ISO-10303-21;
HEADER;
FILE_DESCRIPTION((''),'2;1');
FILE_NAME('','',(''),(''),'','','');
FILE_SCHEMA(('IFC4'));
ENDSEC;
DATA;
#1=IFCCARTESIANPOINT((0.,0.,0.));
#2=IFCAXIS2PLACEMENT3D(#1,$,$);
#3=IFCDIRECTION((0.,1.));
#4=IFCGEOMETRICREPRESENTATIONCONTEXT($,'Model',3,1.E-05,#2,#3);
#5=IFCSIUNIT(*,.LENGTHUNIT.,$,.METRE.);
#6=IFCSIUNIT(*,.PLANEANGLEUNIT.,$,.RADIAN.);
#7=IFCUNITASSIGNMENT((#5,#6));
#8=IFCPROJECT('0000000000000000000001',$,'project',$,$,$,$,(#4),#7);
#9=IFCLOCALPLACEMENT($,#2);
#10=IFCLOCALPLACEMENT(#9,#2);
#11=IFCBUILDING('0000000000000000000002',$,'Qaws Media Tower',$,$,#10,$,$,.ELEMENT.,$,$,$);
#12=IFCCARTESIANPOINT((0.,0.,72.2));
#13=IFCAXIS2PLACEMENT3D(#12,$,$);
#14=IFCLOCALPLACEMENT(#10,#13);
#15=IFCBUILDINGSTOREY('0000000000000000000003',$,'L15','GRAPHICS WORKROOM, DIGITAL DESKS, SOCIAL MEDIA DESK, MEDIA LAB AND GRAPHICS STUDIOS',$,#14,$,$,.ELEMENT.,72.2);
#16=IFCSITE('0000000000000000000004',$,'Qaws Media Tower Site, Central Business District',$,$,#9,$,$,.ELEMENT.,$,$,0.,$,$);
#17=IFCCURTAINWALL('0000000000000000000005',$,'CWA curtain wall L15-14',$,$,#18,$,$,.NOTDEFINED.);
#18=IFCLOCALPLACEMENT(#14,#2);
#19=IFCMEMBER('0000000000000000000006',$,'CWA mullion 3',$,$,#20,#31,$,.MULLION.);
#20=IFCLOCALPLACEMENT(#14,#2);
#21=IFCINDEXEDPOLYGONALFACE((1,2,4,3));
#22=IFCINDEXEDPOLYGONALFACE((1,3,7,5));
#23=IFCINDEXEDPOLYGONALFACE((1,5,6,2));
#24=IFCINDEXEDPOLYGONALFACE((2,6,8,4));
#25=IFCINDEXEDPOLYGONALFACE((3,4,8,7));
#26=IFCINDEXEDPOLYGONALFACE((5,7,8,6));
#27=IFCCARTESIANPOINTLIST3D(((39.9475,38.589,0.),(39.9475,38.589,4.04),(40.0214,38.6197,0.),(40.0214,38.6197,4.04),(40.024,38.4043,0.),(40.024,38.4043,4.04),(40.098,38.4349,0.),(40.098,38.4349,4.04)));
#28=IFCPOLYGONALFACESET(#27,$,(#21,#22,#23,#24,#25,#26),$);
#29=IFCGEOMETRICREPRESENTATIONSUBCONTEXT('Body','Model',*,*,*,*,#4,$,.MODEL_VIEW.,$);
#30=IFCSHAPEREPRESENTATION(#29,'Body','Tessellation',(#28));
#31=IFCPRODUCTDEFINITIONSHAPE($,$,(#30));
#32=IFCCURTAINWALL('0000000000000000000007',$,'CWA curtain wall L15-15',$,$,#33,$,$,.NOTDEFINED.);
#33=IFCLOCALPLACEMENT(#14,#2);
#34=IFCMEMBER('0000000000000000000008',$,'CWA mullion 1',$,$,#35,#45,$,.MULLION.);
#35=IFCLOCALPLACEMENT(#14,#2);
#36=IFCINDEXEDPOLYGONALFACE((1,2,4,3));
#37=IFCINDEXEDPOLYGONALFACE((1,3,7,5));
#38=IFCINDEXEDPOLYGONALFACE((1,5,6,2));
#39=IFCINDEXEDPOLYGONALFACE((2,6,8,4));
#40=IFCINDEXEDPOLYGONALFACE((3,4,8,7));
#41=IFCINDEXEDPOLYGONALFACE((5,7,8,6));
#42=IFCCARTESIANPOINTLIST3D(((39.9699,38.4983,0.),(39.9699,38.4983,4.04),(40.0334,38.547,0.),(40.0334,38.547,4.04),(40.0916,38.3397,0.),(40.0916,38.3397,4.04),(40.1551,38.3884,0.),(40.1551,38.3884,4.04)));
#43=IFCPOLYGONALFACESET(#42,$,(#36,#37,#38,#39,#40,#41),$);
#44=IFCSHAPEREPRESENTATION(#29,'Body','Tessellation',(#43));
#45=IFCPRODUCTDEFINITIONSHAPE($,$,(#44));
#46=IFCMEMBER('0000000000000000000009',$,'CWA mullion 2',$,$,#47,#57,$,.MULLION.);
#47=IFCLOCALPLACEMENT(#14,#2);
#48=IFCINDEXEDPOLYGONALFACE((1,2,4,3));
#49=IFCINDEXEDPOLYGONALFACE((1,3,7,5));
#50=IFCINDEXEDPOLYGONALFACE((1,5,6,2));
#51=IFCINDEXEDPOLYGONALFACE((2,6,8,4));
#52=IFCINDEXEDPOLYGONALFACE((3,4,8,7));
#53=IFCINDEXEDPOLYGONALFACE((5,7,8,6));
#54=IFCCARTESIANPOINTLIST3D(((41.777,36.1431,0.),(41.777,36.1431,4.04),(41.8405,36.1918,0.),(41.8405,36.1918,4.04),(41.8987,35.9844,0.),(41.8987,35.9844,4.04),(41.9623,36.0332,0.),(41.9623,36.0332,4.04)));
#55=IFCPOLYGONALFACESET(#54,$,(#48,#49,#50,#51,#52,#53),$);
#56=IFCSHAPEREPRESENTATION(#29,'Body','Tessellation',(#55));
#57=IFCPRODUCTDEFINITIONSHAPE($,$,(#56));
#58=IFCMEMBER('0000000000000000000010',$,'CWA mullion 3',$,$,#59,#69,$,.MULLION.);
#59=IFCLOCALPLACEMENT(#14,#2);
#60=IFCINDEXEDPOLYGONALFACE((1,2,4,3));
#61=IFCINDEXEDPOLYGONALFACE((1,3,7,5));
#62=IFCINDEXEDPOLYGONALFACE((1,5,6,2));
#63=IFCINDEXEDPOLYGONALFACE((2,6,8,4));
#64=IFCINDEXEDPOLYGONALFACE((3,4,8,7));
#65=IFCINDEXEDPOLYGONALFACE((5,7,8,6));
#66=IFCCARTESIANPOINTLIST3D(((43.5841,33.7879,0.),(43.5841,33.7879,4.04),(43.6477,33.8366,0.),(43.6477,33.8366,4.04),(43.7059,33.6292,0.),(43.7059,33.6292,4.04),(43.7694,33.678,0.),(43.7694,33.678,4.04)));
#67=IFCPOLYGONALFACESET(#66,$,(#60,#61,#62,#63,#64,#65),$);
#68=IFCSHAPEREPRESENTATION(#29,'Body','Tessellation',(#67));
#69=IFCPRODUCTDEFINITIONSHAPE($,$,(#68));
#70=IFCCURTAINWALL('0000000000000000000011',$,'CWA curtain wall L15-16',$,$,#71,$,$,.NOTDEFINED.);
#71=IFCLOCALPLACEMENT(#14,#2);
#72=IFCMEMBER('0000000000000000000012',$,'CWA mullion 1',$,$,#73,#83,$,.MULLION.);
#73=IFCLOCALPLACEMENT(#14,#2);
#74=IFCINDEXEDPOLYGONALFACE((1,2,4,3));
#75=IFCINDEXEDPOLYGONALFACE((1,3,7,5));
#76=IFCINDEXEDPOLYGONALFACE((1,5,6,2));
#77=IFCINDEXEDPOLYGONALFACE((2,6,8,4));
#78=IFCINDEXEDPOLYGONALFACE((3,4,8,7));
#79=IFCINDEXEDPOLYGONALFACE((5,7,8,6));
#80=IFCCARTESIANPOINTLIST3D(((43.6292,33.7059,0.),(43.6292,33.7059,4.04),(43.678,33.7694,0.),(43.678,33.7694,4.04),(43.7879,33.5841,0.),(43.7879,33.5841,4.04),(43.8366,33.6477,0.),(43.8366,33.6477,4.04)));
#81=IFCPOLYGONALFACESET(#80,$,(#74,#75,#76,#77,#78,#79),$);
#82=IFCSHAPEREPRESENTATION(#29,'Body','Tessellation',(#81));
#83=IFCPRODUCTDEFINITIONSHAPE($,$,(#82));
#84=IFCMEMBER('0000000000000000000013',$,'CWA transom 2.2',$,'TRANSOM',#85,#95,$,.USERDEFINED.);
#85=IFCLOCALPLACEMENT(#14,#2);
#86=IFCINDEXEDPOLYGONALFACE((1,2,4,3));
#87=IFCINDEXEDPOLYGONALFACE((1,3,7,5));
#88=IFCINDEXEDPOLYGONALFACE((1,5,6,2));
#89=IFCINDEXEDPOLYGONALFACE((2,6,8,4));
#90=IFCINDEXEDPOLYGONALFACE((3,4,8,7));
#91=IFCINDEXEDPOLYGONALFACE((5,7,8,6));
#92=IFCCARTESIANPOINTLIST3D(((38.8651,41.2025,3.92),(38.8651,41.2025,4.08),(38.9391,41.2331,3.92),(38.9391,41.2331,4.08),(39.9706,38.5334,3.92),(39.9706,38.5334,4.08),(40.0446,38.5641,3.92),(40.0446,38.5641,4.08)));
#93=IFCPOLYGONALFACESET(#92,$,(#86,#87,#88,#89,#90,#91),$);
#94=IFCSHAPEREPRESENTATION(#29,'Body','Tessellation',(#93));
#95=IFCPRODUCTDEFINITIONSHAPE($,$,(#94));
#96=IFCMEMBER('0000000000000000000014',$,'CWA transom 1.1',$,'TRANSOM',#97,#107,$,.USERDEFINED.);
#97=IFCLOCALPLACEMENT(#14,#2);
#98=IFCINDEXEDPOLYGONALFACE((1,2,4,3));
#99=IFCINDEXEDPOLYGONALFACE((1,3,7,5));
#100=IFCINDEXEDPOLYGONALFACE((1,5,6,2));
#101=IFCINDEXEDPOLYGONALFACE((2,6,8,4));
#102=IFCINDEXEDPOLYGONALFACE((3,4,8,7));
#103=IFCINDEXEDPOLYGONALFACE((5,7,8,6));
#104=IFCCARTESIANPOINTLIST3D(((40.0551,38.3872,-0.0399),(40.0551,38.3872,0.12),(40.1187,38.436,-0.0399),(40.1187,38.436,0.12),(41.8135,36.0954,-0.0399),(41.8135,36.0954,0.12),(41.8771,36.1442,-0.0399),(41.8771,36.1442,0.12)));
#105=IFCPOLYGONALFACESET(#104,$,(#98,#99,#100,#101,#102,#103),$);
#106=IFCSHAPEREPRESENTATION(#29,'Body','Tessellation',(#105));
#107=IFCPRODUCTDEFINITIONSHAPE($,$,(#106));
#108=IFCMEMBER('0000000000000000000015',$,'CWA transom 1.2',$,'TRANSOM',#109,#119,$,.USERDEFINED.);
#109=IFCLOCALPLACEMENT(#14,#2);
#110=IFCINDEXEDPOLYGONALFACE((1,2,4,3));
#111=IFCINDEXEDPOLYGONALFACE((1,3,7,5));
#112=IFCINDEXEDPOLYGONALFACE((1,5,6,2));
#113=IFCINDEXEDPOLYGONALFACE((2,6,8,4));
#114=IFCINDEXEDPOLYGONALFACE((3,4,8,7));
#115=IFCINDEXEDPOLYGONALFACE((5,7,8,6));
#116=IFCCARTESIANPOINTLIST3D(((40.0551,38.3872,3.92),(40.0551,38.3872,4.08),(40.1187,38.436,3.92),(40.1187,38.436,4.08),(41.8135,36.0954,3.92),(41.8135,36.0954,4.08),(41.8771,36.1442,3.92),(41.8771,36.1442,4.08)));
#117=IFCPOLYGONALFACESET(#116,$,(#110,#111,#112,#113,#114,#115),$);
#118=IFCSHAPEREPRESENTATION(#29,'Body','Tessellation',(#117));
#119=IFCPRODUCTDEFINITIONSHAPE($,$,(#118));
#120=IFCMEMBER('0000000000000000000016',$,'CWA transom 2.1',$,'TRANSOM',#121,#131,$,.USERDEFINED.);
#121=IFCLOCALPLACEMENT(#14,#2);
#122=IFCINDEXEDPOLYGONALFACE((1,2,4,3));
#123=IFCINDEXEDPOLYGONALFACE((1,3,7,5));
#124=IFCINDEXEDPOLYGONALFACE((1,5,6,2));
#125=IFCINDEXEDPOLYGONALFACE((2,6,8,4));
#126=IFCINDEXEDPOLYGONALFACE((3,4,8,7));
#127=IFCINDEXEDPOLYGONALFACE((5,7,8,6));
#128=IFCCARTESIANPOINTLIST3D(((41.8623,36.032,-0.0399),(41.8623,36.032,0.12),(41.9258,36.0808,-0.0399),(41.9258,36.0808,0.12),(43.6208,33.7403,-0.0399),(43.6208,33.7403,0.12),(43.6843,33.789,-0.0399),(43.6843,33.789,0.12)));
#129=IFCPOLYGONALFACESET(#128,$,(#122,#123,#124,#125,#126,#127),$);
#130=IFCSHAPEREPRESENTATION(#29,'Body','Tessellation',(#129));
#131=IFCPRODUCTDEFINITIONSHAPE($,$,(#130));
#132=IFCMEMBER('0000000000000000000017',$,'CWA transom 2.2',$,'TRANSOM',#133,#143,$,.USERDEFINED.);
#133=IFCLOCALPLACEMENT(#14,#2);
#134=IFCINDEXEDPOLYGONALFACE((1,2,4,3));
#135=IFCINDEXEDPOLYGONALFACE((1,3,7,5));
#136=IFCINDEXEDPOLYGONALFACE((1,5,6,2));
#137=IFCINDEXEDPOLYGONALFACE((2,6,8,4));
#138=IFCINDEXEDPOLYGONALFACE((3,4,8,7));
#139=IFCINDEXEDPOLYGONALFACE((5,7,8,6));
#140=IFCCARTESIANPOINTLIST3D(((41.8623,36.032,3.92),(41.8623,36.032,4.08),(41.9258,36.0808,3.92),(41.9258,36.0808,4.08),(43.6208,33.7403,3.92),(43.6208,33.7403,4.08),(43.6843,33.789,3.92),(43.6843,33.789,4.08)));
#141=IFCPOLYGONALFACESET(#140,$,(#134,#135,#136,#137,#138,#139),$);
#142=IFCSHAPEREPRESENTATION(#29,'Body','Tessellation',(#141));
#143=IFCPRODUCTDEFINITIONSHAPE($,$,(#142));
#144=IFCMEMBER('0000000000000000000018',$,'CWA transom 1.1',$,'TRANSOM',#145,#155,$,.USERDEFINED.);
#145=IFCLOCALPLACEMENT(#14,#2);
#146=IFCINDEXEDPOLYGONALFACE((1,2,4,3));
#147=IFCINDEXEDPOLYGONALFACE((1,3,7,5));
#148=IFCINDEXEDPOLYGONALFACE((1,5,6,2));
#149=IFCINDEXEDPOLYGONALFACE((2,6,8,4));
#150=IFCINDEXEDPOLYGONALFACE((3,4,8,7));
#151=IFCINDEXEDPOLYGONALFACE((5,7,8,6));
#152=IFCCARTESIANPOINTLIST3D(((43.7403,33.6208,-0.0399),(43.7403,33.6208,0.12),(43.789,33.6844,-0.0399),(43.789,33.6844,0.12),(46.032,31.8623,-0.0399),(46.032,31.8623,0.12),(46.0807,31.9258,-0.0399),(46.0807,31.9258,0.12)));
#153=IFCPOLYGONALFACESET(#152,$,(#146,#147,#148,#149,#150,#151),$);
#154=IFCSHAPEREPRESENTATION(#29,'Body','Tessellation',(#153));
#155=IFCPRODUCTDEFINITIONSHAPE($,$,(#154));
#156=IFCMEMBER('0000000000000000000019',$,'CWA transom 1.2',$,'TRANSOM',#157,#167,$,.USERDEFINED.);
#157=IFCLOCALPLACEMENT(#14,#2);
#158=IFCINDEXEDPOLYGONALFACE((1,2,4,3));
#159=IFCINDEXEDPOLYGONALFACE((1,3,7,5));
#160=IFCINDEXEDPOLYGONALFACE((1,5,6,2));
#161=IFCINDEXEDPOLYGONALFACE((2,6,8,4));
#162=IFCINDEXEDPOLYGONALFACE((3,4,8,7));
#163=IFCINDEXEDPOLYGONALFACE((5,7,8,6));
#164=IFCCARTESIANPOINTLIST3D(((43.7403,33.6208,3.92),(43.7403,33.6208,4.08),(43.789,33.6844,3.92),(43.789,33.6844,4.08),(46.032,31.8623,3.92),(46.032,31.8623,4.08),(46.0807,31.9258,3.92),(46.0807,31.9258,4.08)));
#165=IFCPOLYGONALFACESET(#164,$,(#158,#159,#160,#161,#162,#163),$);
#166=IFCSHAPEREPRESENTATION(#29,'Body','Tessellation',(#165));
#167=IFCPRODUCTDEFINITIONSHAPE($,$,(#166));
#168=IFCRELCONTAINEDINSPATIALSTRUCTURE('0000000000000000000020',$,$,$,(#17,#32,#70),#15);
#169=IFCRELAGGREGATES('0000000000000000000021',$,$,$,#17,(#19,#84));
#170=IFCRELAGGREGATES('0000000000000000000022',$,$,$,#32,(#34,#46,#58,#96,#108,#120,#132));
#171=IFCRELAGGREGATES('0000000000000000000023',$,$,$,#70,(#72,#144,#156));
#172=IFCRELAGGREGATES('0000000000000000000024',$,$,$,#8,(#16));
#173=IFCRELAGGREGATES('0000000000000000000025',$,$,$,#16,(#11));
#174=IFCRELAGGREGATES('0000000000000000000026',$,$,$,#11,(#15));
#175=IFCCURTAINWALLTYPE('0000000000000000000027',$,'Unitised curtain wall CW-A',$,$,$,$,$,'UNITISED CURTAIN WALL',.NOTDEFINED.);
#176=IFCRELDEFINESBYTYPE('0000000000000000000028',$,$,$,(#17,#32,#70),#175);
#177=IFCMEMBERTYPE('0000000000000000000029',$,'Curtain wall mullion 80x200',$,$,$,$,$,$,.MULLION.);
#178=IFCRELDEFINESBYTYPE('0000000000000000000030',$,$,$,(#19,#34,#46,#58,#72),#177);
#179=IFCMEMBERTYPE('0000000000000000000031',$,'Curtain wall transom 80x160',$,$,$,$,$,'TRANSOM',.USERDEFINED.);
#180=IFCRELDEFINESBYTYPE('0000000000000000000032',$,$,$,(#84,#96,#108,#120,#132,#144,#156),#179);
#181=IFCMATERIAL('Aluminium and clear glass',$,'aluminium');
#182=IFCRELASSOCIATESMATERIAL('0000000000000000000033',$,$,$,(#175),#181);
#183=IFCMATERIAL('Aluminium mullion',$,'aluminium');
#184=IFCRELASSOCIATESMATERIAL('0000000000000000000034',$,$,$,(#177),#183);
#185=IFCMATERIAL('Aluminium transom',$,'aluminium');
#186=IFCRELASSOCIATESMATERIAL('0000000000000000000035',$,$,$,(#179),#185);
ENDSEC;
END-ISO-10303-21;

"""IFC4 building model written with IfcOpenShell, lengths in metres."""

from ifc_helpers import new_model, si_unit, direction, frame, origin, origin_2d, place, context, subcontext, project, spatial, rectangle, extrude, material, material_profile, profile_set, type_object, element, aggregate, save


model = new_model("IFC4")

# Units and contexts
model_context = context("Model", 3, precision=1e-05, world=origin(), true_north=direction((0.0, 1.0)))
body_context = subcontext(model_context, "Body", "Model", "MODEL_VIEW")
ifc_project = project(units=[si_unit("LENGTHUNIT", "METRE"), si_unit("PLANEANGLEUNIT", "RADIAN")], contexts=[model_context])

# Site, building, storey
site_placement = place(None, origin())
site = spatial("IfcSite", under=ifc_project, at=site_placement, Name="Qaws Media Tower Site, Central Business District", CompositionType="ELEMENT", RefElevation=0.0)
building_placement = place(site_placement, origin())
building = spatial("IfcBuilding", under=site, at=building_placement, Name="Qaws Media Tower", CompositionType="ELEMENT")
storey_placement = place(building_placement, frame((0.0, 0.0, 72.2)))
storey = spatial("IfcBuildingStorey", under=building, at=storey_placement, Name="L15", Description="GRAPHICS WORKROOM, DIGITAL DESKS, SOCIAL MEDIA DESK, MEDIA LAB AND GRAPHICS STUDIOS", CompositionType="ELEMENT", Elevation=72.2)

# Curtain wall, member
ifc_material_1 = material(Name="Aluminium and clear glass", Category="aluminium")
curtain_wall_type = type_object("IfcCurtainWallType", Name="Unitised curtain wall CW-A", ElementType="UNITISED CURTAIN WALL", PredefinedType="NOTDEFINED", material=ifc_material_1)
curtain_wall_1_placement = place(storey_placement, origin())
curtain_wall_1 = element("IfcCurtainWall", 1, at=curtain_wall_1_placement, inside=storey, type_object=curtain_wall_type, Name="CWA curtain wall L15-14", PredefinedType="NOTDEFINED")
ifc_material_2 = material(Name="Aluminium mullion", Category="aluminium")
ifc_material_profile_1 = material_profile(ifc_material_2, rectangle(XDim=0.0801, YDim=0.2, at=origin_2d()), Name="80x200")
ifc_profile_set_1 = profile_set([ifc_material_profile_1], Name="Aluminium mullion")
member_type_1 = type_object("IfcMemberType", Name="Curtain wall mullion 80x200", PredefinedType="MULLION", material=ifc_profile_set_1)
member_1_placement = place(storey_placement, frame((40.0227, 38.512, 0.0), z_axis=(0.0, 0.0, 1.0), x_axis=(0.92388, 0.382683, 0.0)))
member_1 = element("IfcMember", 2, at=member_1_placement, type_object=member_type_1, Name="CWA mullion 3", PredefinedType="MULLION", context=body_context, shape_type="SweptSolid", body=[
    extrude(rectangle(XDim=0.0801, YDim=0.2, at=origin_2d()), origin(), (0.0, 0.0, 1.0), 4.04),
])

# Curtain wall, members
curtain_wall_2_placement = place(storey_placement, origin())
curtain_wall_2 = element("IfcCurtainWall", 3, at=curtain_wall_2_placement, inside=storey, type_object=curtain_wall_type, Name="CWA curtain wall L15-15", PredefinedType="NOTDEFINED")
member_2_placement = place(storey_placement, frame((40.0625, 38.4434, 0.0), z_axis=(0.0, 0.0, 1.0), x_axis=(0.793353, 0.608762, 0.0)))
member_2 = element("IfcMember", 4, at=member_2_placement, type_object=member_type_1, Name="CWA mullion 1", PredefinedType="MULLION", context=body_context, shape_type="SweptSolid", body=[
    extrude(rectangle(XDim=0.0801, YDim=0.2, at=origin_2d()), origin(), (0.0, 0.0, 1.0), 4.04),
])
member_3_placement = place(storey_placement, frame((41.8696, 36.0881, 0.0), z_axis=(0.0, 0.0, 1.0), x_axis=(0.793353, 0.608762, 0.0)))
member_3 = element("IfcMember", 5, at=member_3_placement, type_object=member_type_1, Name="CWA mullion 2", PredefinedType="MULLION", context=body_context, shape_type="SweptSolid", body=[
    extrude(rectangle(XDim=0.0801, YDim=0.2, at=origin_2d()), origin(), (0.0, 0.0, 1.0), 4.04),
])
member_4_placement = place(storey_placement, frame((43.6768, 33.7329, 0.0), z_axis=(0.0, 0.0, 1.0), x_axis=(0.793353, 0.608762, 0.0)))
member_4 = element("IfcMember", 6, at=member_4_placement, type_object=member_type_1, Name="CWA mullion 3", PredefinedType="MULLION", context=body_context, shape_type="SweptSolid", body=[
    extrude(rectangle(XDim=0.0801, YDim=0.2, at=origin_2d()), origin(), (0.0, 0.0, 1.0), 4.04),
])

# Curtain wall, member
curtain_wall_3_placement = place(storey_placement, origin())
curtain_wall_3 = element("IfcCurtainWall", 7, at=curtain_wall_3_placement, inside=storey, type_object=curtain_wall_type, Name="CWA curtain wall L15-16", PredefinedType="NOTDEFINED")
member_5_placement = place(storey_placement, frame((43.7329, 33.6768, 0.0), z_axis=(0.0, 0.0, 1.0), x_axis=(0.608762, 0.793353, 0.0)))
member_5 = element("IfcMember", 8, at=member_5_placement, type_object=member_type_1, Name="CWA mullion 1", PredefinedType="MULLION", context=body_context, shape_type="SweptSolid", body=[
    extrude(rectangle(XDim=0.0801, YDim=0.2, at=origin_2d()), origin(), (0.0, 0.0, 1.0), 4.04),
])

# Members
ifc_material_3 = material(Name="Aluminium transom", Category="aluminium")
ifc_material_profile_2 = material_profile(ifc_material_3, rectangle(XDim=0.0801, YDim=0.1599, at=origin_2d()), Name="80x160")
ifc_profile_set_2 = profile_set([ifc_material_profile_2], Name="Aluminium transom")
member_type_2 = type_object("IfcMemberType", Name="Curtain wall transom 80x160", ElementType="TRANSOM", PredefinedType="USERDEFINED", material=ifc_profile_set_2)
member_6_placement = place(storey_placement, frame((38.9021, 41.2178, 4.0), z_axis=(0.38267, -0.923885, 0.0), x_axis=(0.923885, 0.38267, 0.0)))
member_6 = element("IfcMember", 9, at=member_6_placement, type_object=member_type_2, Name="CWA transom 2.2", ObjectType="TRANSOM", PredefinedType="USERDEFINED", context=body_context, shape_type="SweptSolid", body=[
    extrude(rectangle(XDim=0.0801, YDim=0.1599, at=origin_2d()), origin(), (0.0, 0.0, 1.0), 2.8889),
])
member_7_placement = place(storey_placement, frame((40.0869, 38.4116, 0.04), z_axis=(0.608714, -0.79339, 0.0), x_axis=(0.79339, 0.608714, 0.0)))
member_7 = element("IfcMember", 10, at=member_7_placement, type_object=member_type_2, Name="CWA transom 1.1", ObjectType="TRANSOM", PredefinedType="USERDEFINED", context=body_context, shape_type="SweptSolid", body=[
    extrude(rectangle(XDim=0.0801, YDim=0.1599, at=origin_2d()), origin(), (0.0, 0.0, 1.0), 2.8887),
])
member_8_placement = place(storey_placement, frame((40.0869, 38.4116, 4.0), z_axis=(0.608714, -0.79339, 0.0), x_axis=(0.79339, 0.608714, 0.0)))
member_8 = element("IfcMember", 11, at=member_8_placement, type_object=member_type_2, Name="CWA transom 1.2", ObjectType="TRANSOM", PredefinedType="USERDEFINED", context=body_context, shape_type="SweptSolid", body=[
    extrude(rectangle(XDim=0.0801, YDim=0.1599, at=origin_2d()), origin(), (0.0, 0.0, 1.0), 2.8887),
])
member_9_placement = place(storey_placement, frame((41.894, 36.0564, 0.04), z_axis=(0.608767, -0.793349, 0.0), x_axis=(0.793349, 0.608767, 0.0)))
member_9 = element("IfcMember", 12, at=member_9_placement, type_object=member_type_2, Name="CWA transom 2.1", ObjectType="TRANSOM", PredefinedType="USERDEFINED", context=body_context, shape_type="SweptSolid", body=[
    extrude(rectangle(XDim=0.0801, YDim=0.1599, at=origin_2d()), origin(), (0.0, 0.0, 1.0), 2.8887),
])
member_10_placement = place(storey_placement, frame((41.894, 36.0564, 4.0), z_axis=(0.608767, -0.793349, 0.0), x_axis=(0.793349, 0.608767, 0.0)))
member_10 = element("IfcMember", 13, at=member_10_placement, type_object=member_type_2, Name="CWA transom 2.2", ObjectType="TRANSOM", PredefinedType="USERDEFINED", context=body_context, shape_type="SweptSolid", body=[
    extrude(rectangle(XDim=0.0801, YDim=0.1599, at=origin_2d()), origin(), (0.0, 0.0, 1.0), 2.8887),
])
member_11_placement = place(storey_placement, frame((43.7646, 33.6526, 0.04), z_axis=(0.793349, -0.608767, 0.0), x_axis=(0.608767, 0.793349, 0.0)))
member_11 = element("IfcMember", 14, at=member_11_placement, type_object=member_type_2, Name="CWA transom 1.1", ObjectType="TRANSOM", PredefinedType="USERDEFINED", context=body_context, shape_type="SweptSolid", body=[
    extrude(rectangle(XDim=0.0801, YDim=0.1599, at=origin_2d()), origin(), (0.0, 0.0, 1.0), 2.8887),
])
member_12_placement = place(storey_placement, frame((43.7646, 33.6526, 4.0), z_axis=(0.793349, -0.608767, 0.0), x_axis=(0.608767, 0.793349, 0.0)))
member_12 = element("IfcMember", 15, at=member_12_placement, type_object=member_type_2, Name="CWA transom 1.2", ObjectType="TRANSOM", PredefinedType="USERDEFINED", context=body_context, shape_type="SweptSolid", body=[
    extrude(rectangle(XDim=0.0801, YDim=0.1599, at=origin_2d()), origin(), (0.0, 0.0, 1.0), 2.8887),
])

aggregate(curtain_wall_1, [member_1, member_6])
aggregate(curtain_wall_2, [member_2, member_3, member_4, member_7, member_8, member_9, member_10])
aggregate(curtain_wall_3, [member_5, member_11, member_12])

save(model, "model.ifc")
